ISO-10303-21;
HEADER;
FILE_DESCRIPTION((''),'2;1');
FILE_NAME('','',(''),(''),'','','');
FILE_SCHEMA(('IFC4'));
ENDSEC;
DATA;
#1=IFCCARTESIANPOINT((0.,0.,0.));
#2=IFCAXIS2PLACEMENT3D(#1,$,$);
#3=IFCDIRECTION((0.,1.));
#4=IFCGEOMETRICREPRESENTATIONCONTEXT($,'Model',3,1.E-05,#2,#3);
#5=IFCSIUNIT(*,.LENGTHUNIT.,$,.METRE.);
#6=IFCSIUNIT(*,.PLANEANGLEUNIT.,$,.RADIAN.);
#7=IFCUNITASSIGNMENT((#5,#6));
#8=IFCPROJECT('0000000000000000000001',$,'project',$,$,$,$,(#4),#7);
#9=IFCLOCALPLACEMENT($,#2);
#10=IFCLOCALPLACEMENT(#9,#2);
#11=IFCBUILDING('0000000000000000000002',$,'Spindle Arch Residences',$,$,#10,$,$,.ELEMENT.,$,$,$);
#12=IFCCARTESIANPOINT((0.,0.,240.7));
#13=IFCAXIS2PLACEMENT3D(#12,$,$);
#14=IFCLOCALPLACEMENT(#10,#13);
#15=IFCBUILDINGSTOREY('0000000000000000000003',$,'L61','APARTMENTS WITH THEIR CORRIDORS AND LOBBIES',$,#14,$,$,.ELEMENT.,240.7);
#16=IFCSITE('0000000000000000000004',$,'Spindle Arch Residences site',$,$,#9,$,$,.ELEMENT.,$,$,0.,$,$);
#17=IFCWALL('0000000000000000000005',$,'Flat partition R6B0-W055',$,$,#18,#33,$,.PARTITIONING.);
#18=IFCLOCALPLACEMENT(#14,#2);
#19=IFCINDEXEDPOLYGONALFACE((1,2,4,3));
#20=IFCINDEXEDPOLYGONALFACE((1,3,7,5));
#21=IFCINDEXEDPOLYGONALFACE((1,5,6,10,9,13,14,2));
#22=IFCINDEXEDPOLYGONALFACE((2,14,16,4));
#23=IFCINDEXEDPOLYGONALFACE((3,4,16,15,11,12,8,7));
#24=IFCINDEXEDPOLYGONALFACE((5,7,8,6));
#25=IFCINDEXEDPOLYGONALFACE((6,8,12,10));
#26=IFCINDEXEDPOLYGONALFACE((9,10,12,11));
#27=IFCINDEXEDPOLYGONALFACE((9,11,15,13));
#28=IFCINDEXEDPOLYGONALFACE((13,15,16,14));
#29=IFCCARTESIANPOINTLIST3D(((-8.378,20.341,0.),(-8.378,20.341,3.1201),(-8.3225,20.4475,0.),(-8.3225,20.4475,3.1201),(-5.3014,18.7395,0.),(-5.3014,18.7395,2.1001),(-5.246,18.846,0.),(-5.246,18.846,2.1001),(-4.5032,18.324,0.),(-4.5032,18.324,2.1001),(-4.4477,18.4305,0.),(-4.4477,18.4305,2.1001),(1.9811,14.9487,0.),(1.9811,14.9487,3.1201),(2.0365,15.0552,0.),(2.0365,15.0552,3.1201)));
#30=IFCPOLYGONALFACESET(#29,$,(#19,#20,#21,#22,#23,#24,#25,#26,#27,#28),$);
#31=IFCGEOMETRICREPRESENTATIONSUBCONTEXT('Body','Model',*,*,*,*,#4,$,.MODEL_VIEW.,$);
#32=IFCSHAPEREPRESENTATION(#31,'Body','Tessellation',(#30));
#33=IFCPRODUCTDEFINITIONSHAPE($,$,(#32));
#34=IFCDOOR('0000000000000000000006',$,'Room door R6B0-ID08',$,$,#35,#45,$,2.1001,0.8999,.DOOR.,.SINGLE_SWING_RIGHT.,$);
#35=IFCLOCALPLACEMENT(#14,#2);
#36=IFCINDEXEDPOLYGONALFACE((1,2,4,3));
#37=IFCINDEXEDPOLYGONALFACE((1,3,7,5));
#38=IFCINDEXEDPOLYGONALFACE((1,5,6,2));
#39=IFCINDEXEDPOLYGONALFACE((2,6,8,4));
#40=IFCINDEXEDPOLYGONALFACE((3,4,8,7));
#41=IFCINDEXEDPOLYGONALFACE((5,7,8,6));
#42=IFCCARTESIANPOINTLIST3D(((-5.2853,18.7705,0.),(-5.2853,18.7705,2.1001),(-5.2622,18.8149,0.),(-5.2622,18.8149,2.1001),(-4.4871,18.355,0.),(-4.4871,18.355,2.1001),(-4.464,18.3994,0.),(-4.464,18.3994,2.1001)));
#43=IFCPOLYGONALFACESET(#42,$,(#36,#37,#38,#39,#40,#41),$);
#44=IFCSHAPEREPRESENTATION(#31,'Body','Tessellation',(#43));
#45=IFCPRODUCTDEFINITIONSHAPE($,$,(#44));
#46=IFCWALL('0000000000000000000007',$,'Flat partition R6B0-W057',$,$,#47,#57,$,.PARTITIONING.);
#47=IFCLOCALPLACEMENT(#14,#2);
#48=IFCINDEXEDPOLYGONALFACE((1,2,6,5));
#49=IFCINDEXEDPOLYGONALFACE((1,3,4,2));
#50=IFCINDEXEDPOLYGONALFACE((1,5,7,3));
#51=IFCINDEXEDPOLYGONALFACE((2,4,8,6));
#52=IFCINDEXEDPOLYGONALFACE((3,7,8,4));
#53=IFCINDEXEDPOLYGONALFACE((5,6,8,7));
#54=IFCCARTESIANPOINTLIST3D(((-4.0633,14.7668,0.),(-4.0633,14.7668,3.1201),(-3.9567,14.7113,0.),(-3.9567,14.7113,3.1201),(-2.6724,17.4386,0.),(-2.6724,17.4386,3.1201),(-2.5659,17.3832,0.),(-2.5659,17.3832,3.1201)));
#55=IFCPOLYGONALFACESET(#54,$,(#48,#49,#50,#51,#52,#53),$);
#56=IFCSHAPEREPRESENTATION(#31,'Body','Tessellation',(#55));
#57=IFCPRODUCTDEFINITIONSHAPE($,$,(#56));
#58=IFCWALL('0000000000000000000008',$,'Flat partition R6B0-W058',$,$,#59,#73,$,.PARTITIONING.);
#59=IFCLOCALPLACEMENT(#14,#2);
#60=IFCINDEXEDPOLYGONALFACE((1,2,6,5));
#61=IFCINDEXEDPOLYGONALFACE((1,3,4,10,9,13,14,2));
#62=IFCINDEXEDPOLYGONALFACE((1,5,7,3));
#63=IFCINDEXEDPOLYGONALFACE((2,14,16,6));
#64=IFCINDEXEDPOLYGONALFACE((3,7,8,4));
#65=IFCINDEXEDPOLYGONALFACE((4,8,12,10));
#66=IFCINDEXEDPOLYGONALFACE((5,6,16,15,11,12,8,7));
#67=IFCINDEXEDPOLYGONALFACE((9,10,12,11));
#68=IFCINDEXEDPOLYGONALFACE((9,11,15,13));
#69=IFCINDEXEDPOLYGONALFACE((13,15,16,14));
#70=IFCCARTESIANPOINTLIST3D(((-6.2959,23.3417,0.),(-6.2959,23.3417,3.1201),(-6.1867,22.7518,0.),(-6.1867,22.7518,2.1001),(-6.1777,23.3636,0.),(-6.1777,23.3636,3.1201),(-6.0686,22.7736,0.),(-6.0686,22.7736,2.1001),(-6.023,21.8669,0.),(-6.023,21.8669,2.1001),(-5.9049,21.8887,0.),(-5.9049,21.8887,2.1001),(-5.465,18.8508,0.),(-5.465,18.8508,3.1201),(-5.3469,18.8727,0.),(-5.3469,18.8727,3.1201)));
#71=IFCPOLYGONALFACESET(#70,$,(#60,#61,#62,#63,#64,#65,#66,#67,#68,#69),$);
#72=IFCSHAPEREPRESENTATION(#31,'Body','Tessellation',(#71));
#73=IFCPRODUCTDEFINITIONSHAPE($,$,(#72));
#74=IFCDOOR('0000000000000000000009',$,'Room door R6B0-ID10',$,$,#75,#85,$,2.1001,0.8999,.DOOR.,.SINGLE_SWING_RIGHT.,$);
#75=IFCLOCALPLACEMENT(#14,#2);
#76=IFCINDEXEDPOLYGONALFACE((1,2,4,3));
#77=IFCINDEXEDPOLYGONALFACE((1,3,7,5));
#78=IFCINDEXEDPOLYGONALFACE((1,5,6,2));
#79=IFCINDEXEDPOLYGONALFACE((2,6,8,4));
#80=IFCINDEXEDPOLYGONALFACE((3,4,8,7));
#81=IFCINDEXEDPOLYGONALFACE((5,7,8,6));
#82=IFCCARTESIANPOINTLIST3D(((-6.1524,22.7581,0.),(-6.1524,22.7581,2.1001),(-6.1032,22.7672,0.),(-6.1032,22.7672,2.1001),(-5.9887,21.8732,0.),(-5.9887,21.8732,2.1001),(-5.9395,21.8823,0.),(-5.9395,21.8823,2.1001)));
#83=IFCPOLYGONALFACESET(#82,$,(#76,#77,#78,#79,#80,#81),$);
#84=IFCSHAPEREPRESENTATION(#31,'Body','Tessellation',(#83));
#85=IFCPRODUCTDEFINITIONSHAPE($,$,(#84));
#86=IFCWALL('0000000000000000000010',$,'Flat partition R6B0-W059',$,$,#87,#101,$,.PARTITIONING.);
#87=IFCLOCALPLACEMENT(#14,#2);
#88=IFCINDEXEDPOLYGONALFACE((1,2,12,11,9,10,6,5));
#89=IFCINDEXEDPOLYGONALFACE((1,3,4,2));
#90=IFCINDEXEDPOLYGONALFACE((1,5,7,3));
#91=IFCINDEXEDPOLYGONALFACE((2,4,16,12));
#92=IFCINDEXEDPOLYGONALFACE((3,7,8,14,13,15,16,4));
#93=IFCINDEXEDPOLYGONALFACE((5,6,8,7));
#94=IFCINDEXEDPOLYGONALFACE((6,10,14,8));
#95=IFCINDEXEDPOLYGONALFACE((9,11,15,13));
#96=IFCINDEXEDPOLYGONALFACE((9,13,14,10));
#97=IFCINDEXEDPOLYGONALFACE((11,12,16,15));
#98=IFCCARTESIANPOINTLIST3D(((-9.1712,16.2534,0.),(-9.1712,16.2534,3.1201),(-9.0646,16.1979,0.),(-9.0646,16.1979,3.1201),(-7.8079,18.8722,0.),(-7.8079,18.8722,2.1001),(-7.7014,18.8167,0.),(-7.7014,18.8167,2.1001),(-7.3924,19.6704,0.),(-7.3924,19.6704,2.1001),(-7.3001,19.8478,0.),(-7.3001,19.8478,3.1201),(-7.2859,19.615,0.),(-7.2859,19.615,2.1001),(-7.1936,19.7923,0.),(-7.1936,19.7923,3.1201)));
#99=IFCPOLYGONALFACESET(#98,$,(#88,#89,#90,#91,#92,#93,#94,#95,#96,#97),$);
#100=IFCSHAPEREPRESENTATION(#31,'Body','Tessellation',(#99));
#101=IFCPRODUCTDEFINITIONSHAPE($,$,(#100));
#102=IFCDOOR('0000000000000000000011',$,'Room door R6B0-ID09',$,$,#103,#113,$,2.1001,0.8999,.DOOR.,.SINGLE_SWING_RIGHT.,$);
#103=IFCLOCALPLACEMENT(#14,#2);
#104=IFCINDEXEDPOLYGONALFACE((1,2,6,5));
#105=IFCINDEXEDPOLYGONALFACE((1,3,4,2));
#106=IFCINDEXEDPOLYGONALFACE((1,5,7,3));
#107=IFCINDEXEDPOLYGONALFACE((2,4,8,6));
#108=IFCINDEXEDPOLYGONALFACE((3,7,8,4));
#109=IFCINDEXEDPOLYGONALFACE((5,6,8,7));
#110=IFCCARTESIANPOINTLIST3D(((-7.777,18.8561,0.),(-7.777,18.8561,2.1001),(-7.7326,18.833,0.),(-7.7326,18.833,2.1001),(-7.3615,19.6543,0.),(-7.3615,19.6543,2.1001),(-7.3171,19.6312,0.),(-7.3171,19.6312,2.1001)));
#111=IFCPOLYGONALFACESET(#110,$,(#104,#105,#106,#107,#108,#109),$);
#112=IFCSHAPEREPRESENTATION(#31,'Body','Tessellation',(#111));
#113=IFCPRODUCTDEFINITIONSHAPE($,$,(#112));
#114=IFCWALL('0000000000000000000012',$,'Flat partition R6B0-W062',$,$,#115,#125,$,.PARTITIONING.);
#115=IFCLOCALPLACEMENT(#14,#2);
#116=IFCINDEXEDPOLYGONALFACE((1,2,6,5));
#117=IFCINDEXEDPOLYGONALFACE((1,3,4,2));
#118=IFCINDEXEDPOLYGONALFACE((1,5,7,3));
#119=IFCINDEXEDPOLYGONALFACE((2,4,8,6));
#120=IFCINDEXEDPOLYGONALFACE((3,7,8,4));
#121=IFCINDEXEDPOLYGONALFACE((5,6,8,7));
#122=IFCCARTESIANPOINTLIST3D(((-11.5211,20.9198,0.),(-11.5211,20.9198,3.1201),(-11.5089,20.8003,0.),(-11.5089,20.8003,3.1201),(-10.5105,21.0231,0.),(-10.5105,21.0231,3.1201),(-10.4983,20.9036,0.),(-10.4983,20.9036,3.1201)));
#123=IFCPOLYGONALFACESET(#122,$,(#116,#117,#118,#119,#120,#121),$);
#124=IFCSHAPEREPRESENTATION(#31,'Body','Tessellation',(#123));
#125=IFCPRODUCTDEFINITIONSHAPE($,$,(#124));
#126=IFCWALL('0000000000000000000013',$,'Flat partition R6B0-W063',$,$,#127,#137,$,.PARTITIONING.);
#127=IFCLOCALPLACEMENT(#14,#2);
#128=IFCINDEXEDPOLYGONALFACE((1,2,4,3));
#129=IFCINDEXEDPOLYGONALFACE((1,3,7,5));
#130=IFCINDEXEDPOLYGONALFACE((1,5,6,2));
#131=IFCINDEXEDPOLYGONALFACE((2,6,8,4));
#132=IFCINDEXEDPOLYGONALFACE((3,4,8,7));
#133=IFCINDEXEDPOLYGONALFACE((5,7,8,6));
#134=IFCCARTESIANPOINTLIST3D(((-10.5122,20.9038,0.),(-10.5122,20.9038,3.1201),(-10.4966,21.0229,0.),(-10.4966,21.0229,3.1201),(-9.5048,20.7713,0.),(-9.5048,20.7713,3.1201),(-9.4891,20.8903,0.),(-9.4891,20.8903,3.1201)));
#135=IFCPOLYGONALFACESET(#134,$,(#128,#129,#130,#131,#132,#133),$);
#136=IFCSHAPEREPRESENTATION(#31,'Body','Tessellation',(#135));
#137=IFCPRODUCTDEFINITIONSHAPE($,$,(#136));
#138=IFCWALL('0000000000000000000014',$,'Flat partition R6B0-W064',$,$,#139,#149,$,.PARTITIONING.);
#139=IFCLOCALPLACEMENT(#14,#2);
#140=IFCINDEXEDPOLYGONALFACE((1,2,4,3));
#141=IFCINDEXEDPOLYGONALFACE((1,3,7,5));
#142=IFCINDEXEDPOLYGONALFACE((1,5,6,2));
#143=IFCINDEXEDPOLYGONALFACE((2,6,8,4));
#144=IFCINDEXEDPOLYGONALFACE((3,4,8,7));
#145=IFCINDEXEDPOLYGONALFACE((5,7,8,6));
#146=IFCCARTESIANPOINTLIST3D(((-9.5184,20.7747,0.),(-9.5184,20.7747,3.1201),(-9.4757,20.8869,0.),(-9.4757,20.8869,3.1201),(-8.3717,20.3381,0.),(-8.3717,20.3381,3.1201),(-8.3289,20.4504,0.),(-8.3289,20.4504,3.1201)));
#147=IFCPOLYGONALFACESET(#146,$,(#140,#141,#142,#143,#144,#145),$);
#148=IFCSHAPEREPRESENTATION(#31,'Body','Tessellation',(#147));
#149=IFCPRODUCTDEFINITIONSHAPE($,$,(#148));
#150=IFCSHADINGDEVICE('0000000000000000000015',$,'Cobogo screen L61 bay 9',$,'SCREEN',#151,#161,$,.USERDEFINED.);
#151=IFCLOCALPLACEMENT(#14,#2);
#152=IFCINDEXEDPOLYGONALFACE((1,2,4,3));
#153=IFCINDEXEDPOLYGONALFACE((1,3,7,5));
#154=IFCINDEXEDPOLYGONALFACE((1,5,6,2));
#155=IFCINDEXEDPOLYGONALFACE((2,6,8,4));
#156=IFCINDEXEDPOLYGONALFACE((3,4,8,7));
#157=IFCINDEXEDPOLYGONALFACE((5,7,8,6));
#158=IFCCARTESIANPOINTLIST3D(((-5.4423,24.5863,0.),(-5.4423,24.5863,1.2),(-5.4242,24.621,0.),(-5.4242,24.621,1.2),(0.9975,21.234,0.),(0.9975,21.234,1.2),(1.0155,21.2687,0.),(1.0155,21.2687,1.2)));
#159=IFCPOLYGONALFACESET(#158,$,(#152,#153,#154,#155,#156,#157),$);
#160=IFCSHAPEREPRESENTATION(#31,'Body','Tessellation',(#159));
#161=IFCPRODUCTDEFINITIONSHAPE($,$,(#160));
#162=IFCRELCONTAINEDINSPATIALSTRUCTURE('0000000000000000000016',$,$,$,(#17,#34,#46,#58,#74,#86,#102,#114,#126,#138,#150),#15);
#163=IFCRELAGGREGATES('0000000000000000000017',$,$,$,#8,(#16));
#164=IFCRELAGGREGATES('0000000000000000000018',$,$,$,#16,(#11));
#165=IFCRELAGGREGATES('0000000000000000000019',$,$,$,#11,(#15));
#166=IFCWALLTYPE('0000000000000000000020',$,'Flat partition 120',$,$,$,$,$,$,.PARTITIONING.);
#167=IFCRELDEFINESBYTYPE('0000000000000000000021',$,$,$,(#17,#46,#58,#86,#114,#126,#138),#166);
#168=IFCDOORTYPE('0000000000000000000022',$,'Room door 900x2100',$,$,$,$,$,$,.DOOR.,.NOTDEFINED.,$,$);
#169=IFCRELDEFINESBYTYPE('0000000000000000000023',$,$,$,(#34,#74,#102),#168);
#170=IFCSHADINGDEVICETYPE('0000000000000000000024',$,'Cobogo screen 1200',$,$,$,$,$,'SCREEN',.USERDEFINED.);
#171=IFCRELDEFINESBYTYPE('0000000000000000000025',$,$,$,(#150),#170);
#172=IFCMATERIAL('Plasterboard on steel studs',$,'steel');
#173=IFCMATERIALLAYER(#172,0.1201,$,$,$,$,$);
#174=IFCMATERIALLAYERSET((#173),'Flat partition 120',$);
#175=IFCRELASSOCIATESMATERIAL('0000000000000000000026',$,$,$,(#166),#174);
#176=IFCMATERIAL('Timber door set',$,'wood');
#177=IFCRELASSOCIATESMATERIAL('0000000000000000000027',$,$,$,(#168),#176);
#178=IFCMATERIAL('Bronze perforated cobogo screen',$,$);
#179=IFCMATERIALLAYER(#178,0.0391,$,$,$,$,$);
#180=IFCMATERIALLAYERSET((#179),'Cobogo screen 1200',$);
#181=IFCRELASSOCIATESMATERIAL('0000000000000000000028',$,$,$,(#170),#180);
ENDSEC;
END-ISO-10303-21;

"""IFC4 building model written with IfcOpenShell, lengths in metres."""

from ifc_helpers import new_model, si_unit, direction, frame, frame_2d, origin, origin_2d, place, context, subcontext, project, spatial, rectangle, extrude, material, layer, layer_set, type_object, element, fill, save


model = new_model("IFC4")

# Units and contexts
model_context = context("Model", 3, precision=1e-05, world=origin(), true_north=direction((0.0, 1.0)))
body_context = subcontext(model_context, "Body", "Model", "MODEL_VIEW")
ifc_project = project(units=[si_unit("LENGTHUNIT", "METRE"), si_unit("PLANEANGLEUNIT", "RADIAN")], contexts=[model_context])

# Site, building, storey
site_placement = place(None, origin())
site = spatial("IfcSite", under=ifc_project, at=site_placement, Name="Spindle Arch Residences site", CompositionType="ELEMENT", RefElevation=0.0)
building_placement = place(site_placement, origin())
building = spatial("IfcBuilding", under=site, at=building_placement, Name="Spindle Arch Residences", CompositionType="ELEMENT")
storey_placement = place(building_placement, frame((0.0, 0.0, 240.7)))
storey = spatial("IfcBuildingStorey", under=building, at=storey_placement, Name="L61", Description="APARTMENTS WITH THEIR CORRIDORS AND LOBBIES", CompositionType="ELEMENT", Elevation=240.7)

# Wall, opening, door
ifc_material_1 = material(Name="Plasterboard on steel studs", Category="steel")
ifc_layer_1 = layer(ifc_material_1, 0.1201)
ifc_layer_set_1 = layer_set([ifc_layer_1], Name="Flat partition 120")
wall_type = type_object("IfcWallType", Name="Flat partition 120", PredefinedType="PARTITIONING", material=ifc_layer_set_1)
wall_1_placement = place(storey_placement, frame((-8.3503, 20.3943, 0.0), z_axis=(0.0, 0.0, 1.0), x_axis=(0.887021, -0.461729, 0.0)))
wall_1 = element("IfcWall", 1, at=wall_1_placement, inside=storey, type_object=wall_type, Name="Flat partition R6B0-W055", PredefinedType="PARTITIONING", context=body_context, shape_type="SweptSolid", body=[
    extrude(rectangle(XDim=11.6785, YDim=0.1201, at=frame_2d((5.8394, 0.0))), origin(), (0.0, 0.0, 1.0), 3.1201),
])
opening_1_placement = place(wall_1_placement, frame((3.4685, 0.0, 0.0)))
opening_1 = element("IfcOpeningElement", 2, at=opening_1_placement, cuts=wall_1, PredefinedType="OPENING", context=body_context, shape_type="SweptSolid", body=[
    extrude(rectangle(XDim=0.8999, YDim=2.1001, at=frame_2d((0.45, 1.05))), frame((0.0, 0.0701, 0.0), z_axis=(0.0, -1.0, 0.0), x_axis=(1.0, 0.0, 0.0)), (0.0, 0.0, 1.0), 0.1401),
])
ifc_material_2 = material(Name="Timber door set", Category="wood")
door_type = type_object("IfcDoorType", Name="Room door 900x2100", OperationType="NOTDEFINED", PredefinedType="DOOR", material=ifc_material_2)
door_1_placement = place(opening_1_placement, origin())
door_1 = element("IfcDoor", 3, at=door_1_placement, inside=storey, type_object=door_type, Name="Room door R6B0-ID08", OperationType="SINGLE_SWING_RIGHT", OverallHeight=2.1001, OverallWidth=0.8999, PredefinedType="DOOR", context=body_context, shape_type="SweptSolid", body=[
    extrude(rectangle(XDim=0.8999, YDim=2.1001, at=frame_2d((0.45, 1.05))), frame((0.0, 0.0249, 0.0), z_axis=(0.0, -1.0, 0.0), x_axis=(1.0, 0.0, 0.0)), (0.0, 0.0, 1.0), 0.05),
])
fill(opening_1, door_1)

# Wall
wall_2_placement = place(storey_placement, frame((-2.6191, 17.4109, 0.0), z_axis=(0.0, 0.0, 1.0), x_axis=(-0.461743, -0.887014, 0.0)))
element("IfcWall", 4, at=wall_2_placement, inside=storey, type_object=wall_type, Name="Flat partition R6B0-W057", PredefinedType="PARTITIONING", context=body_context, shape_type="SweptSolid", body=[
    extrude(rectangle(XDim=3.0122, YDim=0.1201, at=frame_2d((1.5061, 0.0))), origin(), (0.0, 0.0, 1.0), 3.1201),
])

# Walls, openings, doors
wall_3_placement = place(storey_placement, frame((-6.2368, 23.3528, 0.0), z_axis=(0.0, 0.0, 1.0), x_axis=(0.181909, -0.983315, 0.0)))
wall_3 = element("IfcWall", 5, at=wall_3_placement, inside=storey, type_object=wall_type, Name="Flat partition R6B0-W058", PredefinedType="PARTITIONING", context=body_context, shape_type="SweptSolid", body=[
    extrude(rectangle(XDim=4.5671, YDim=0.1201, at=frame_2d((2.2837, 0.0))), origin(), (0.0, 0.0, 1.0), 3.1201),
])
opening_2_placement = place(wall_3_placement, frame((0.6001, 0.0, 0.0)))
opening_2 = element("IfcOpeningElement", 6, at=opening_2_placement, cuts=wall_3, PredefinedType="OPENING", context=body_context, shape_type="SweptSolid", body=[
    extrude(rectangle(XDim=0.8999, YDim=2.1001, at=frame_2d((0.45, 1.05))), frame((0.0, 0.0701, 0.0), z_axis=(0.0, -1.0, 0.0), x_axis=(1.0, 0.0, 0.0)), (0.0, 0.0, 1.0), 0.1401),
])
door_2_placement = place(opening_2_placement, origin())
door_2 = element("IfcDoor", 7, at=door_2_placement, inside=storey, type_object=door_type, Name="Room door R6B0-ID10", OperationType="SINGLE_SWING_RIGHT", OverallHeight=2.1001, OverallWidth=0.8999, PredefinedType="DOOR", context=body_context, shape_type="SweptSolid", body=[
    extrude(rectangle(XDim=0.8999, YDim=2.1001, at=frame_2d((0.45, 1.05))), frame((0.0, 0.0249, 0.0), z_axis=(0.0, -1.0, 0.0), x_axis=(1.0, 0.0, 0.0)), (0.0, 0.0, 1.0), 0.05),
])
fill(opening_2, door_2)
wall_4_placement = place(storey_placement, frame((-7.2468, 19.8201, 0.0), z_axis=(0.0, 0.0, 1.0), x_axis=(-0.461734, -0.887018, 0.0)))
wall_4 = element("IfcWall", 8, at=wall_4_placement, inside=storey, type_object=wall_type, Name="Flat partition R6B0-W059", PredefinedType="PARTITIONING", context=body_context, shape_type="SweptSolid", body=[
    extrude(rectangle(XDim=4.0522, YDim=0.1201, at=frame_2d((2.0261, 0.0))), origin(), (0.0, 0.0, 1.0), 3.1201),
])
opening_3_placement = place(wall_4_placement, frame((0.2, 0.0, 0.0)))
opening_3 = element("IfcOpeningElement", 9, at=opening_3_placement, cuts=wall_4, PredefinedType="OPENING", context=body_context, shape_type="SweptSolid", body=[
    extrude(rectangle(XDim=0.8999, YDim=2.1001, at=frame_2d((0.45, 1.05))), frame((0.0, 0.0701, 0.0), z_axis=(0.0, -1.0, 0.0), x_axis=(1.0, 0.0, 0.0)), (0.0, 0.0, 1.0), 0.1401),
])
door_3_placement = place(opening_3_placement, origin())
door_3 = element("IfcDoor", 10, at=door_3_placement, inside=storey, type_object=door_type, Name="Room door R6B0-ID09", OperationType="SINGLE_SWING_RIGHT", OverallHeight=2.1001, OverallWidth=0.8999, PredefinedType="DOOR", context=body_context, shape_type="SweptSolid", body=[
    extrude(rectangle(XDim=0.8999, YDim=2.1001, at=frame_2d((0.45, 1.05))), frame((0.0, 0.0249, 0.0), z_axis=(0.0, -1.0, 0.0), x_axis=(1.0, 0.0, 0.0)), (0.0, 0.0, 1.0), 0.05),
])
fill(opening_3, door_3)

# Walls
wall_5_placement = place(storey_placement, frame((-11.5149, 20.8601, 0.0), z_axis=(0.0, 0.0, 1.0), x_axis=(0.994818, 0.101669, 0.0)))
element("IfcWall", 11, at=wall_5_placement, inside=storey, type_object=wall_type, Name="Flat partition R6B0-W062", PredefinedType="PARTITIONING", context=body_context, shape_type="SweptSolid", body=[
    extrude(rectangle(XDim=1.0159, YDim=0.1201, at=frame_2d((0.5078, 0.0))), origin(), (0.0, 0.0, 1.0), 3.1201),
])
wall_6_placement = place(storey_placement, frame((-10.5044, 20.9634, 0.0), z_axis=(0.0, 0.0, 1.0), x_axis=(0.991451, -0.130479, 0.0)))
element("IfcWall", 12, at=wall_6_placement, inside=storey, type_object=wall_type, Name="Flat partition R6B0-W063", PredefinedType="PARTITIONING", context=body_context, shape_type="SweptSolid", body=[
    extrude(rectangle(XDim=1.0161, YDim=0.1201, at=frame_2d((0.5081, 0.0))), origin(), (0.0, 0.0, 1.0), 3.1201),
])
wall_7_placement = place(storey_placement, frame((-9.4971, 20.8308, 0.0), z_axis=(0.0, 0.0, 1.0), x_axis=(0.934576, -0.355764, 0.0)))
element("IfcWall", 13, at=wall_7_placement, inside=storey, type_object=wall_type, Name="Flat partition R6B0-W064", PredefinedType="PARTITIONING", context=body_context, shape_type="SweptSolid", body=[
    extrude(rectangle(XDim=1.2271, YDim=0.1201, at=frame_2d((0.6135, 0.0))), origin(), (0.0, 0.0, 1.0), 3.1201),
])

# Shading device
ifc_material_3 = material(Name="Bronze perforated cobogo screen")
ifc_layer_2 = layer(ifc_material_3, 0.0391)
ifc_layer_set_2 = layer_set([ifc_layer_2], Name="Cobogo screen 1200")
shading_device_type = type_object("IfcShadingDeviceType", Name="Cobogo screen 1200", ElementType="SCREEN", PredefinedType="USERDEFINED", material=ifc_layer_set_2)
shading_device_placement = place(storey_placement, frame((-2.2134, 22.9275, 0.0), z_axis=(0.0, 0.0, 1.0), x_axis=(-0.887011, 0.461749, 0.0)))
element("IfcShadingDevice", 14, at=shading_device_placement, inside=storey, type_object=shading_device_type, Name="Cobogo screen L61 bay 9", ObjectType="SCREEN", PredefinedType="USERDEFINED", context=body_context, shape_type="SweptSolid", body=[
    extrude(rectangle(XDim=7.26, YDim=0.0391, at=origin_2d()), origin(), (0.0, 0.0, 1.0), 1.2),
])

save(model, "model.ifc")
